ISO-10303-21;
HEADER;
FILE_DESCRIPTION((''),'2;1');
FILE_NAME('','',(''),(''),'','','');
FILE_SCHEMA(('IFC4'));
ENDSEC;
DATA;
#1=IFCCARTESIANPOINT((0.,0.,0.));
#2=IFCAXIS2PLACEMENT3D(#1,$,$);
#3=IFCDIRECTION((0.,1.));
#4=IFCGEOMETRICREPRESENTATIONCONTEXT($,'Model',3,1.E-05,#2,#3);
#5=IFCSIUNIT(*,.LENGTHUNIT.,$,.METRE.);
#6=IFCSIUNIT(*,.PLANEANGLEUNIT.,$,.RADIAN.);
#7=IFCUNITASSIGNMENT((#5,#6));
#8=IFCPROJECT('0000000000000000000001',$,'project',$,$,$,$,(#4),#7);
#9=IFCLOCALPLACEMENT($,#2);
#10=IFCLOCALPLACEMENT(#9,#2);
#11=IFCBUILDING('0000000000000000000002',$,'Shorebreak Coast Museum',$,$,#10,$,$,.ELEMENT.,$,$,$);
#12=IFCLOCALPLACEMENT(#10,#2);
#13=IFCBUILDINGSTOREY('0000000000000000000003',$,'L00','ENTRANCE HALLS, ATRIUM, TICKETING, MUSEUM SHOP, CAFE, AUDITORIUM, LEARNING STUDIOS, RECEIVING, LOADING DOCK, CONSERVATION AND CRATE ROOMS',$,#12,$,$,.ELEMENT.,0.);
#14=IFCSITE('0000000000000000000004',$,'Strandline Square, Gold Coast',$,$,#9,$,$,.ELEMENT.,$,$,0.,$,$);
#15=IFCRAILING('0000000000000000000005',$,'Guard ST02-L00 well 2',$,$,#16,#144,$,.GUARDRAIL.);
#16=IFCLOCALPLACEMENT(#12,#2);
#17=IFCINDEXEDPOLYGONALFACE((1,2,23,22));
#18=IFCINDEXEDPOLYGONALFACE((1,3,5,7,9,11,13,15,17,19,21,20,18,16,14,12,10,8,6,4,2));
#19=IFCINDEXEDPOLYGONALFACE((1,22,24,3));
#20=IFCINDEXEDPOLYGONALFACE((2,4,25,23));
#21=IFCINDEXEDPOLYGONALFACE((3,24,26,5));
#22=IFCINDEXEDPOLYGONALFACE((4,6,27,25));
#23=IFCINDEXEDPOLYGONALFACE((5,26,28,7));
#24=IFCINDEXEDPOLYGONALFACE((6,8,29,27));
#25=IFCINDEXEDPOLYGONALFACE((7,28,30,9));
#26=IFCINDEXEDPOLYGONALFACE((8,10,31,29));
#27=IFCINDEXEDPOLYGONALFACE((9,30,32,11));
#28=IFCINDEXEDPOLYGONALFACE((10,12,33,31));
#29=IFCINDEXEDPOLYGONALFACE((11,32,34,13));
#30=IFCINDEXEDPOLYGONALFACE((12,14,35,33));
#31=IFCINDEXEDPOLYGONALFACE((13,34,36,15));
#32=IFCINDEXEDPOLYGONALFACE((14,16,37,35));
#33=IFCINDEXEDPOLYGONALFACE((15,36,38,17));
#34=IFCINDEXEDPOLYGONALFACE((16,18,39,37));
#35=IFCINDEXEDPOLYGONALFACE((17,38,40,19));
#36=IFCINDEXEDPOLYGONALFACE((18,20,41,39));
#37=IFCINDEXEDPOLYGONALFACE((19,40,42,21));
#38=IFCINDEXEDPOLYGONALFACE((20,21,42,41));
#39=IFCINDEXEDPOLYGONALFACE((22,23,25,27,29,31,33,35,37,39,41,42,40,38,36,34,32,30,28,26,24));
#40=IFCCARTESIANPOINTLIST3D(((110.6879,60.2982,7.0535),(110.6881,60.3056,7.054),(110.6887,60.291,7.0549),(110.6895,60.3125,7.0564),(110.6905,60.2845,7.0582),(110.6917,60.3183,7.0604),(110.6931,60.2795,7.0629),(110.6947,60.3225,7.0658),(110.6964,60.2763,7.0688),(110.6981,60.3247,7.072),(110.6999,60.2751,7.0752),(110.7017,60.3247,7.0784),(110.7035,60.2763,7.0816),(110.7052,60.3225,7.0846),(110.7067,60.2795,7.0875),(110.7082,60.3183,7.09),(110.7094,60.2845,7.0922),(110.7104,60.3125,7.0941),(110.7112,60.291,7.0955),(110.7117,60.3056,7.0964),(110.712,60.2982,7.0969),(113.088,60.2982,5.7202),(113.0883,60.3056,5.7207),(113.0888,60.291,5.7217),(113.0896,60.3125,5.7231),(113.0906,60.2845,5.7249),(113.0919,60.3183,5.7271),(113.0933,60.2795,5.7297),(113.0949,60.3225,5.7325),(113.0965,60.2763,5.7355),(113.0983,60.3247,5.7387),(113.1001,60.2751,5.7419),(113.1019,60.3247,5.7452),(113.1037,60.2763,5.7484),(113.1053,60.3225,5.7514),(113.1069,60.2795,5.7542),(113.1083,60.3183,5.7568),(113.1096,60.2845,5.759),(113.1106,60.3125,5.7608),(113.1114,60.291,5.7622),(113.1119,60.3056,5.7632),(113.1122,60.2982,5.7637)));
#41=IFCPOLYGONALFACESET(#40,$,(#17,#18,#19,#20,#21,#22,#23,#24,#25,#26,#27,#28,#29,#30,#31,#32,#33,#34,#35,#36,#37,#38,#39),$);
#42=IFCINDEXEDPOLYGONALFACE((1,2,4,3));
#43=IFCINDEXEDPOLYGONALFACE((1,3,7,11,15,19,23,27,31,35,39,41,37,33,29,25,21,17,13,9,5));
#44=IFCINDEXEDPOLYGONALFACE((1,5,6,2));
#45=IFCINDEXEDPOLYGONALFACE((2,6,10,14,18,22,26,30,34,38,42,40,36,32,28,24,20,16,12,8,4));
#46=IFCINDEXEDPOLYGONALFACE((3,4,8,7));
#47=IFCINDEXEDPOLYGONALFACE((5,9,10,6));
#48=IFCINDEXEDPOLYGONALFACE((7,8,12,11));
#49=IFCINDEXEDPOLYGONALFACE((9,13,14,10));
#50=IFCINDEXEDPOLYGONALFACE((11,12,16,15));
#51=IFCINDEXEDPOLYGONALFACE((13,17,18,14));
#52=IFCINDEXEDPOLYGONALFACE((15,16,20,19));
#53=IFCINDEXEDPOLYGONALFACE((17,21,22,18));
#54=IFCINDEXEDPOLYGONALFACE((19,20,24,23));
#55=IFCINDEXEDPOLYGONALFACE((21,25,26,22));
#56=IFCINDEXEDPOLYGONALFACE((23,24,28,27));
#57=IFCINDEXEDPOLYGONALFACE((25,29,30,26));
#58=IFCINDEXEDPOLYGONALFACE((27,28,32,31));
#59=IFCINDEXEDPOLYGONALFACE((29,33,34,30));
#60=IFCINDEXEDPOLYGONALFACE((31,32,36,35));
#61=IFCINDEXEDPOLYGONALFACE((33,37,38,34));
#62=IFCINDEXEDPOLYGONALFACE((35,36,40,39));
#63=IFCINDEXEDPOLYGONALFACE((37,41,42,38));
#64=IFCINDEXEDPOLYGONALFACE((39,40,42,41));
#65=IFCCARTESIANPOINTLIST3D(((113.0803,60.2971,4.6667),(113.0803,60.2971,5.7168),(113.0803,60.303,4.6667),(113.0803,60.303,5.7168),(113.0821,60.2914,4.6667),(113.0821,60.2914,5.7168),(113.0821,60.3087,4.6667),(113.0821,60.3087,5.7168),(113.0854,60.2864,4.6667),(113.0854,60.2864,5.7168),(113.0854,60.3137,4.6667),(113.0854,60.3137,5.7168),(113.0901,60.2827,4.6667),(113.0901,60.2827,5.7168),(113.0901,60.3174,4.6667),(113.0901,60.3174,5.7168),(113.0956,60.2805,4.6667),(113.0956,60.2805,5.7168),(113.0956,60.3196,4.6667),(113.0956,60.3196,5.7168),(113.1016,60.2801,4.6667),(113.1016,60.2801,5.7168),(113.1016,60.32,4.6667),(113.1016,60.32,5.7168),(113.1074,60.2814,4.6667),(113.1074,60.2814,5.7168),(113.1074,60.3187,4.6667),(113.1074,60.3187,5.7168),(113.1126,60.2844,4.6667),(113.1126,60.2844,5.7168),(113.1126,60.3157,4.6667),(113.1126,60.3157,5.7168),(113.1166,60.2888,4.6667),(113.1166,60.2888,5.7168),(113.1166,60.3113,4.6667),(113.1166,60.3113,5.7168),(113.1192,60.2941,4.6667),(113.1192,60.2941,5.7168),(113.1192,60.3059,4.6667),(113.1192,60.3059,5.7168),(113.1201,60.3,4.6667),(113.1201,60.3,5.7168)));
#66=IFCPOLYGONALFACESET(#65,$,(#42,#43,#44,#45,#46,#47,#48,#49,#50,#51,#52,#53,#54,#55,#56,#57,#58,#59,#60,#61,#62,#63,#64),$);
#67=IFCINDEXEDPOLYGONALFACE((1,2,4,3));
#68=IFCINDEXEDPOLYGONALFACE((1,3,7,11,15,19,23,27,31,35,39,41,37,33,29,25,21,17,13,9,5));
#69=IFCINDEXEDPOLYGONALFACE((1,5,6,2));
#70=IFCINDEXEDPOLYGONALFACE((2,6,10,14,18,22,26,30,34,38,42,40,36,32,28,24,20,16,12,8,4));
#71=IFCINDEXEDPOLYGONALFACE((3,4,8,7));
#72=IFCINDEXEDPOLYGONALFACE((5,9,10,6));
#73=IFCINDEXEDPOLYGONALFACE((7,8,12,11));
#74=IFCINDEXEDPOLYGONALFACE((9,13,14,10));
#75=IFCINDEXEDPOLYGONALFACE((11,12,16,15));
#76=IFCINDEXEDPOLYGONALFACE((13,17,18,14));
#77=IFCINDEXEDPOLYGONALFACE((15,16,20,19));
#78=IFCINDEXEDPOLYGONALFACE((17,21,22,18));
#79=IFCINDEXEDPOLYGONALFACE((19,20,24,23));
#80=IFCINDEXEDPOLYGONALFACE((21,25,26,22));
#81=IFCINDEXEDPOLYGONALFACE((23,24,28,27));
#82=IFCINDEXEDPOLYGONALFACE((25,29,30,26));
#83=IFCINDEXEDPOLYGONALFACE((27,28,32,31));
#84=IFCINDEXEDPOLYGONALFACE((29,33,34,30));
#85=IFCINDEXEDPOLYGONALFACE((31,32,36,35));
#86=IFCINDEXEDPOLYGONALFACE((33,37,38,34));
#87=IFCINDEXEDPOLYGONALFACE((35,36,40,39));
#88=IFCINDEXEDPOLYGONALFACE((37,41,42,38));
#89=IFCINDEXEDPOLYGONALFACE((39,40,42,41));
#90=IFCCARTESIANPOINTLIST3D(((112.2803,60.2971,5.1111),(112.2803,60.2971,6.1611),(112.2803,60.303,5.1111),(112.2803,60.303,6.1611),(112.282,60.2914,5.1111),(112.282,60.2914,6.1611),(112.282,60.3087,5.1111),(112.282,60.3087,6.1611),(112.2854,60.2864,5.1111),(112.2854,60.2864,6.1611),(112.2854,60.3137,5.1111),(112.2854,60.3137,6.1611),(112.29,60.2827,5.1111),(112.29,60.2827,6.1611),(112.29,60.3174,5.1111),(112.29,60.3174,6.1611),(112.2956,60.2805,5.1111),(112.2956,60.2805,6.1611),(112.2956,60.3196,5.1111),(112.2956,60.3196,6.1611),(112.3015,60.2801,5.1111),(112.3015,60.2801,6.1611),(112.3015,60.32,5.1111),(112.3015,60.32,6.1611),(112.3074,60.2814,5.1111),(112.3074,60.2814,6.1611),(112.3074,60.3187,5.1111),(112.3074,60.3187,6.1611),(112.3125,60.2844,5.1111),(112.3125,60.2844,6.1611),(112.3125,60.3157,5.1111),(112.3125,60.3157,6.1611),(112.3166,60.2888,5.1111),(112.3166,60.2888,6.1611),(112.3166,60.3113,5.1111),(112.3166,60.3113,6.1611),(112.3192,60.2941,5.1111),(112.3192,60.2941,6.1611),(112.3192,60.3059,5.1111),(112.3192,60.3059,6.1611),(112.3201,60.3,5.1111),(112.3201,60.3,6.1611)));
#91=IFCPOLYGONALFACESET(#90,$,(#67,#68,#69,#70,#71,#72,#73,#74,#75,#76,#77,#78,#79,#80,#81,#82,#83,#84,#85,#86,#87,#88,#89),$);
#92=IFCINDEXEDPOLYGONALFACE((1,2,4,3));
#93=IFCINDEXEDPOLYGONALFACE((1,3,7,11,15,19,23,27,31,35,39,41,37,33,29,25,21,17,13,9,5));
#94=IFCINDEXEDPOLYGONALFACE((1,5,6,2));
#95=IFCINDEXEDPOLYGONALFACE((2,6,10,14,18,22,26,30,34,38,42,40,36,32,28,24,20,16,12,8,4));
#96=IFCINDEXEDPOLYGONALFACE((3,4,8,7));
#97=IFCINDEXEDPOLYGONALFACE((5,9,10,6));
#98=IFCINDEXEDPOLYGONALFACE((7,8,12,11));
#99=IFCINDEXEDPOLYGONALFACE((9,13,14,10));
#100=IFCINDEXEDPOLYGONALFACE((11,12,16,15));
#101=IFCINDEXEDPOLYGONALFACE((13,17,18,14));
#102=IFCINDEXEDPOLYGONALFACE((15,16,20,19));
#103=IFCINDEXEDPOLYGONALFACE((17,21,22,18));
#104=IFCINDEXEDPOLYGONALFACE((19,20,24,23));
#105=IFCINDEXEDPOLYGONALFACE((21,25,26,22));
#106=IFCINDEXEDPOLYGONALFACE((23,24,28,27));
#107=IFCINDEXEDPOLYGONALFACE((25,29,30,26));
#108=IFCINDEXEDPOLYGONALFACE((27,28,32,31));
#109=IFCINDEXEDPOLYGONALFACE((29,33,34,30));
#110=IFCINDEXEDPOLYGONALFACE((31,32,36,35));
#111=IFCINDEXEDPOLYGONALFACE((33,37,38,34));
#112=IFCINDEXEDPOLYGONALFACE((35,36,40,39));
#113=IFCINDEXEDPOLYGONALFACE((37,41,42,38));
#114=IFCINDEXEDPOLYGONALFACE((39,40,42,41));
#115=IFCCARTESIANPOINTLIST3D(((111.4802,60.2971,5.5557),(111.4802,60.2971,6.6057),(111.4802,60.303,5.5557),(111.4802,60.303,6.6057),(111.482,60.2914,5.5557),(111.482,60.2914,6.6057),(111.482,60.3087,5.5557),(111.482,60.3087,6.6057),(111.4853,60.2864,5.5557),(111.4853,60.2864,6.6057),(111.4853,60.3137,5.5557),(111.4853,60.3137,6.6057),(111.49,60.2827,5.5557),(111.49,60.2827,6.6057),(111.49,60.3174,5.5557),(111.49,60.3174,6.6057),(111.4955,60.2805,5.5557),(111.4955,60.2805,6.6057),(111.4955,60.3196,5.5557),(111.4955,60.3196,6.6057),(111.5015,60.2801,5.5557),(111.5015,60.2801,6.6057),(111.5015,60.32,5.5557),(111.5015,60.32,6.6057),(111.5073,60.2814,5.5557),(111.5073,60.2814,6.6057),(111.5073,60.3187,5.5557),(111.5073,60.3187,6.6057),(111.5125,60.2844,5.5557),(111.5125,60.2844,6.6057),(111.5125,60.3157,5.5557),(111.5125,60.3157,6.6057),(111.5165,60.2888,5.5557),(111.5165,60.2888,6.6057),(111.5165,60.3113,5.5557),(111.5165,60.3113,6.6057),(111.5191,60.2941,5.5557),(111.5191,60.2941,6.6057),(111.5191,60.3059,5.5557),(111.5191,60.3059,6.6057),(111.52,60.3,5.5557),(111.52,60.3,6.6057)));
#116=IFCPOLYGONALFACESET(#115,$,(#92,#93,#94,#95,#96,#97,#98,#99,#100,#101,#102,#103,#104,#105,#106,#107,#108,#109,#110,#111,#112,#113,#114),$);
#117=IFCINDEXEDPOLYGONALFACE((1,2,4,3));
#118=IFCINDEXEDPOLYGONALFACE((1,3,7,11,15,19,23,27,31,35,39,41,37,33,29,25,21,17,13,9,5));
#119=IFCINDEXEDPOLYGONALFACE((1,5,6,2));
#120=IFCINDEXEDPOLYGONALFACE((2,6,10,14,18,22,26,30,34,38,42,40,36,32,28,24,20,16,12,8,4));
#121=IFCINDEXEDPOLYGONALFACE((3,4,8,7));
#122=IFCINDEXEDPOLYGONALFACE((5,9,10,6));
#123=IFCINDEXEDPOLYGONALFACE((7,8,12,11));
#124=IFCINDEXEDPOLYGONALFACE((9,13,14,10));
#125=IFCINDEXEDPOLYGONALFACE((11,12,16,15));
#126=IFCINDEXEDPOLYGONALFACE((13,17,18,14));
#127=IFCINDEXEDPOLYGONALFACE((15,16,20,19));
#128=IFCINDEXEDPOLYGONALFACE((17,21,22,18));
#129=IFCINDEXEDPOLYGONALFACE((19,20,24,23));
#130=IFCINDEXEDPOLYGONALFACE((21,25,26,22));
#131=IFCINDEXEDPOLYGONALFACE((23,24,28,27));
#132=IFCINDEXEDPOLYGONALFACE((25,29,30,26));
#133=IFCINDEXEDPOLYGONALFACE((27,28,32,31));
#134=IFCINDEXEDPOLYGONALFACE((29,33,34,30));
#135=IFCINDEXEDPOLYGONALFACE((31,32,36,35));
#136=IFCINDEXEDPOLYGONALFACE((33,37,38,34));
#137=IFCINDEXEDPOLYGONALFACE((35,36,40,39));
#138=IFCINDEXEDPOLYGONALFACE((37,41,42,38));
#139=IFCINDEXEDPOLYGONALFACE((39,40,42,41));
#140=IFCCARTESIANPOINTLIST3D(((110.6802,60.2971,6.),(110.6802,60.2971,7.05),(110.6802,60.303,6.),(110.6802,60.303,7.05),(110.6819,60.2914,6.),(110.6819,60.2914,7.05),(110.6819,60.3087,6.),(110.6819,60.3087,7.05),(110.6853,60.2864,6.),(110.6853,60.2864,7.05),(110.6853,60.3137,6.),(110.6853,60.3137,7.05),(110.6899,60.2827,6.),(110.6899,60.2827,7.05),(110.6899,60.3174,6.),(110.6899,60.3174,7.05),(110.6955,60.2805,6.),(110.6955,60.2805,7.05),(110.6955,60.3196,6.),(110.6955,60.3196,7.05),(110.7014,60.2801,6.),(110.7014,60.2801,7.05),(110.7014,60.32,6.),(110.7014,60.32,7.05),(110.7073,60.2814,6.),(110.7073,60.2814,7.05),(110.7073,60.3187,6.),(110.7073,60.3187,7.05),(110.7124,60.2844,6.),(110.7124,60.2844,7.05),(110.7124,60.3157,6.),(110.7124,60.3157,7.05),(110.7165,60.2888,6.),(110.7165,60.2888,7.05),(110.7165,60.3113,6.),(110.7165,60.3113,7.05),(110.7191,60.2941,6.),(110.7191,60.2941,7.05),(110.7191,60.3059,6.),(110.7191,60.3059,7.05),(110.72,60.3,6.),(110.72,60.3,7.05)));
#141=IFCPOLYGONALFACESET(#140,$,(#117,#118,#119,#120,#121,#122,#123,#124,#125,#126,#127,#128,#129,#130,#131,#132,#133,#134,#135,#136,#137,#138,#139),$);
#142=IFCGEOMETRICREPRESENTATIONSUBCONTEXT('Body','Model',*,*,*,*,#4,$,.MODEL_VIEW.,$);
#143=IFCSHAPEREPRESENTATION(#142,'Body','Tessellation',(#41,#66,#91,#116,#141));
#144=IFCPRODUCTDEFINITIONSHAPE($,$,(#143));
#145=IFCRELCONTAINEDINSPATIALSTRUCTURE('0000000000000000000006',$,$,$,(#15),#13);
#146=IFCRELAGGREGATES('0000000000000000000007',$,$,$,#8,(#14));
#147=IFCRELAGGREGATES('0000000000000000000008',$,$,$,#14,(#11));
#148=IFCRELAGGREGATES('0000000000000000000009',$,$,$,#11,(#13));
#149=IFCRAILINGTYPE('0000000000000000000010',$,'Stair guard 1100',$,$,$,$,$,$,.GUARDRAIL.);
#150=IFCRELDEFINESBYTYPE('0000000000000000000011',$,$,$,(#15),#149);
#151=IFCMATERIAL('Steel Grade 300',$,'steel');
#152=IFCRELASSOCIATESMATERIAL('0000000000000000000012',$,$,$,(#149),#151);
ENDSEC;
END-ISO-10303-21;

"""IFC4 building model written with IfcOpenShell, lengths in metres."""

from ifc_helpers import new_model, si_unit, direction, frame, origin, origin_2d, place, context, subcontext, project, spatial, circle, extrude, material, type_object, element, save


model = new_model("IFC4")

# Units and contexts
model_context = context("Model", 3, precision=1e-05, world=origin(), true_north=direction((0.0, 1.0)))
body_context = subcontext(model_context, "Body", "Model", "MODEL_VIEW")
ifc_project = project(units=[si_unit("LENGTHUNIT", "METRE"), si_unit("PLANEANGLEUNIT", "RADIAN")], contexts=[model_context])

# Site, building, storey
site_placement = place(None, origin())
site = spatial("IfcSite", under=ifc_project, at=site_placement, Name="Strandline Square, Gold Coast", CompositionType="ELEMENT", RefElevation=0.0)
building_placement = place(site_placement, origin())
building = spatial("IfcBuilding", under=site, at=building_placement, Name="Shorebreak Coast Museum", CompositionType="ELEMENT")
storey_placement = place(building_placement, origin())
storey = spatial("IfcBuildingStorey", under=building, at=storey_placement, Name="L00", Description="ENTRANCE HALLS, ATRIUM, TICKETING, MUSEUM SHOP, CAFE, AUDITORIUM, LEARNING STUDIOS, RECEIVING, LOADING DOCK, CONSERVATION AND CRATE ROOMS", CompositionType="ELEMENT", Elevation=0.0)

# Railing
ifc_material_1 = material(Name="Steel Grade 300", Category="steel")
railing_type_1 = type_object("IfcRailingType", Name="Stair guard 1100", PredefinedType="GUARDRAIL", material=ifc_material_1)
for number, where, name in (
    (1, (113.1001, 60.3, 4.6667), "Guard ST02-L00 well 2"),
):
    element("IfcRailing", number, at=place(storey_placement, frame(where)), inside=storey, type_object=railing_type_1, Name=name, PredefinedType="GUARDRAIL", context=body_context, shape_type="SweptSolid", body=[
        extrude(circle(Radius=0.0249, at=origin_2d()), frame((0.0, 0.0, 1.0752), z_axis=(-0.874182, 0.0, 0.485598), x_axis=(0.0, -1.0, 0.0)), (0.0, 0.0, 1.0), 2.7456),
        extrude(circle(Radius=0.02, at=origin_2d()), origin(), (0.0, 0.0, 1.0), 1.05),
        extrude(circle(Radius=0.02, at=origin_2d()), frame((-0.8, 0.0, 0.4443)), (0.0, 0.0, 1.0), 1.05),
        extrude(circle(Radius=0.02, at=origin_2d()), frame((-1.6001, 0.0, 0.8889)), (0.0, 0.0, 1.0), 1.05),
        extrude(circle(Radius=0.02, at=origin_2d()), frame((-2.4001, 0.0, 1.3333)), (0.0, 0.0, 1.0), 1.05),
    ])

save(model, "model.ifc")
